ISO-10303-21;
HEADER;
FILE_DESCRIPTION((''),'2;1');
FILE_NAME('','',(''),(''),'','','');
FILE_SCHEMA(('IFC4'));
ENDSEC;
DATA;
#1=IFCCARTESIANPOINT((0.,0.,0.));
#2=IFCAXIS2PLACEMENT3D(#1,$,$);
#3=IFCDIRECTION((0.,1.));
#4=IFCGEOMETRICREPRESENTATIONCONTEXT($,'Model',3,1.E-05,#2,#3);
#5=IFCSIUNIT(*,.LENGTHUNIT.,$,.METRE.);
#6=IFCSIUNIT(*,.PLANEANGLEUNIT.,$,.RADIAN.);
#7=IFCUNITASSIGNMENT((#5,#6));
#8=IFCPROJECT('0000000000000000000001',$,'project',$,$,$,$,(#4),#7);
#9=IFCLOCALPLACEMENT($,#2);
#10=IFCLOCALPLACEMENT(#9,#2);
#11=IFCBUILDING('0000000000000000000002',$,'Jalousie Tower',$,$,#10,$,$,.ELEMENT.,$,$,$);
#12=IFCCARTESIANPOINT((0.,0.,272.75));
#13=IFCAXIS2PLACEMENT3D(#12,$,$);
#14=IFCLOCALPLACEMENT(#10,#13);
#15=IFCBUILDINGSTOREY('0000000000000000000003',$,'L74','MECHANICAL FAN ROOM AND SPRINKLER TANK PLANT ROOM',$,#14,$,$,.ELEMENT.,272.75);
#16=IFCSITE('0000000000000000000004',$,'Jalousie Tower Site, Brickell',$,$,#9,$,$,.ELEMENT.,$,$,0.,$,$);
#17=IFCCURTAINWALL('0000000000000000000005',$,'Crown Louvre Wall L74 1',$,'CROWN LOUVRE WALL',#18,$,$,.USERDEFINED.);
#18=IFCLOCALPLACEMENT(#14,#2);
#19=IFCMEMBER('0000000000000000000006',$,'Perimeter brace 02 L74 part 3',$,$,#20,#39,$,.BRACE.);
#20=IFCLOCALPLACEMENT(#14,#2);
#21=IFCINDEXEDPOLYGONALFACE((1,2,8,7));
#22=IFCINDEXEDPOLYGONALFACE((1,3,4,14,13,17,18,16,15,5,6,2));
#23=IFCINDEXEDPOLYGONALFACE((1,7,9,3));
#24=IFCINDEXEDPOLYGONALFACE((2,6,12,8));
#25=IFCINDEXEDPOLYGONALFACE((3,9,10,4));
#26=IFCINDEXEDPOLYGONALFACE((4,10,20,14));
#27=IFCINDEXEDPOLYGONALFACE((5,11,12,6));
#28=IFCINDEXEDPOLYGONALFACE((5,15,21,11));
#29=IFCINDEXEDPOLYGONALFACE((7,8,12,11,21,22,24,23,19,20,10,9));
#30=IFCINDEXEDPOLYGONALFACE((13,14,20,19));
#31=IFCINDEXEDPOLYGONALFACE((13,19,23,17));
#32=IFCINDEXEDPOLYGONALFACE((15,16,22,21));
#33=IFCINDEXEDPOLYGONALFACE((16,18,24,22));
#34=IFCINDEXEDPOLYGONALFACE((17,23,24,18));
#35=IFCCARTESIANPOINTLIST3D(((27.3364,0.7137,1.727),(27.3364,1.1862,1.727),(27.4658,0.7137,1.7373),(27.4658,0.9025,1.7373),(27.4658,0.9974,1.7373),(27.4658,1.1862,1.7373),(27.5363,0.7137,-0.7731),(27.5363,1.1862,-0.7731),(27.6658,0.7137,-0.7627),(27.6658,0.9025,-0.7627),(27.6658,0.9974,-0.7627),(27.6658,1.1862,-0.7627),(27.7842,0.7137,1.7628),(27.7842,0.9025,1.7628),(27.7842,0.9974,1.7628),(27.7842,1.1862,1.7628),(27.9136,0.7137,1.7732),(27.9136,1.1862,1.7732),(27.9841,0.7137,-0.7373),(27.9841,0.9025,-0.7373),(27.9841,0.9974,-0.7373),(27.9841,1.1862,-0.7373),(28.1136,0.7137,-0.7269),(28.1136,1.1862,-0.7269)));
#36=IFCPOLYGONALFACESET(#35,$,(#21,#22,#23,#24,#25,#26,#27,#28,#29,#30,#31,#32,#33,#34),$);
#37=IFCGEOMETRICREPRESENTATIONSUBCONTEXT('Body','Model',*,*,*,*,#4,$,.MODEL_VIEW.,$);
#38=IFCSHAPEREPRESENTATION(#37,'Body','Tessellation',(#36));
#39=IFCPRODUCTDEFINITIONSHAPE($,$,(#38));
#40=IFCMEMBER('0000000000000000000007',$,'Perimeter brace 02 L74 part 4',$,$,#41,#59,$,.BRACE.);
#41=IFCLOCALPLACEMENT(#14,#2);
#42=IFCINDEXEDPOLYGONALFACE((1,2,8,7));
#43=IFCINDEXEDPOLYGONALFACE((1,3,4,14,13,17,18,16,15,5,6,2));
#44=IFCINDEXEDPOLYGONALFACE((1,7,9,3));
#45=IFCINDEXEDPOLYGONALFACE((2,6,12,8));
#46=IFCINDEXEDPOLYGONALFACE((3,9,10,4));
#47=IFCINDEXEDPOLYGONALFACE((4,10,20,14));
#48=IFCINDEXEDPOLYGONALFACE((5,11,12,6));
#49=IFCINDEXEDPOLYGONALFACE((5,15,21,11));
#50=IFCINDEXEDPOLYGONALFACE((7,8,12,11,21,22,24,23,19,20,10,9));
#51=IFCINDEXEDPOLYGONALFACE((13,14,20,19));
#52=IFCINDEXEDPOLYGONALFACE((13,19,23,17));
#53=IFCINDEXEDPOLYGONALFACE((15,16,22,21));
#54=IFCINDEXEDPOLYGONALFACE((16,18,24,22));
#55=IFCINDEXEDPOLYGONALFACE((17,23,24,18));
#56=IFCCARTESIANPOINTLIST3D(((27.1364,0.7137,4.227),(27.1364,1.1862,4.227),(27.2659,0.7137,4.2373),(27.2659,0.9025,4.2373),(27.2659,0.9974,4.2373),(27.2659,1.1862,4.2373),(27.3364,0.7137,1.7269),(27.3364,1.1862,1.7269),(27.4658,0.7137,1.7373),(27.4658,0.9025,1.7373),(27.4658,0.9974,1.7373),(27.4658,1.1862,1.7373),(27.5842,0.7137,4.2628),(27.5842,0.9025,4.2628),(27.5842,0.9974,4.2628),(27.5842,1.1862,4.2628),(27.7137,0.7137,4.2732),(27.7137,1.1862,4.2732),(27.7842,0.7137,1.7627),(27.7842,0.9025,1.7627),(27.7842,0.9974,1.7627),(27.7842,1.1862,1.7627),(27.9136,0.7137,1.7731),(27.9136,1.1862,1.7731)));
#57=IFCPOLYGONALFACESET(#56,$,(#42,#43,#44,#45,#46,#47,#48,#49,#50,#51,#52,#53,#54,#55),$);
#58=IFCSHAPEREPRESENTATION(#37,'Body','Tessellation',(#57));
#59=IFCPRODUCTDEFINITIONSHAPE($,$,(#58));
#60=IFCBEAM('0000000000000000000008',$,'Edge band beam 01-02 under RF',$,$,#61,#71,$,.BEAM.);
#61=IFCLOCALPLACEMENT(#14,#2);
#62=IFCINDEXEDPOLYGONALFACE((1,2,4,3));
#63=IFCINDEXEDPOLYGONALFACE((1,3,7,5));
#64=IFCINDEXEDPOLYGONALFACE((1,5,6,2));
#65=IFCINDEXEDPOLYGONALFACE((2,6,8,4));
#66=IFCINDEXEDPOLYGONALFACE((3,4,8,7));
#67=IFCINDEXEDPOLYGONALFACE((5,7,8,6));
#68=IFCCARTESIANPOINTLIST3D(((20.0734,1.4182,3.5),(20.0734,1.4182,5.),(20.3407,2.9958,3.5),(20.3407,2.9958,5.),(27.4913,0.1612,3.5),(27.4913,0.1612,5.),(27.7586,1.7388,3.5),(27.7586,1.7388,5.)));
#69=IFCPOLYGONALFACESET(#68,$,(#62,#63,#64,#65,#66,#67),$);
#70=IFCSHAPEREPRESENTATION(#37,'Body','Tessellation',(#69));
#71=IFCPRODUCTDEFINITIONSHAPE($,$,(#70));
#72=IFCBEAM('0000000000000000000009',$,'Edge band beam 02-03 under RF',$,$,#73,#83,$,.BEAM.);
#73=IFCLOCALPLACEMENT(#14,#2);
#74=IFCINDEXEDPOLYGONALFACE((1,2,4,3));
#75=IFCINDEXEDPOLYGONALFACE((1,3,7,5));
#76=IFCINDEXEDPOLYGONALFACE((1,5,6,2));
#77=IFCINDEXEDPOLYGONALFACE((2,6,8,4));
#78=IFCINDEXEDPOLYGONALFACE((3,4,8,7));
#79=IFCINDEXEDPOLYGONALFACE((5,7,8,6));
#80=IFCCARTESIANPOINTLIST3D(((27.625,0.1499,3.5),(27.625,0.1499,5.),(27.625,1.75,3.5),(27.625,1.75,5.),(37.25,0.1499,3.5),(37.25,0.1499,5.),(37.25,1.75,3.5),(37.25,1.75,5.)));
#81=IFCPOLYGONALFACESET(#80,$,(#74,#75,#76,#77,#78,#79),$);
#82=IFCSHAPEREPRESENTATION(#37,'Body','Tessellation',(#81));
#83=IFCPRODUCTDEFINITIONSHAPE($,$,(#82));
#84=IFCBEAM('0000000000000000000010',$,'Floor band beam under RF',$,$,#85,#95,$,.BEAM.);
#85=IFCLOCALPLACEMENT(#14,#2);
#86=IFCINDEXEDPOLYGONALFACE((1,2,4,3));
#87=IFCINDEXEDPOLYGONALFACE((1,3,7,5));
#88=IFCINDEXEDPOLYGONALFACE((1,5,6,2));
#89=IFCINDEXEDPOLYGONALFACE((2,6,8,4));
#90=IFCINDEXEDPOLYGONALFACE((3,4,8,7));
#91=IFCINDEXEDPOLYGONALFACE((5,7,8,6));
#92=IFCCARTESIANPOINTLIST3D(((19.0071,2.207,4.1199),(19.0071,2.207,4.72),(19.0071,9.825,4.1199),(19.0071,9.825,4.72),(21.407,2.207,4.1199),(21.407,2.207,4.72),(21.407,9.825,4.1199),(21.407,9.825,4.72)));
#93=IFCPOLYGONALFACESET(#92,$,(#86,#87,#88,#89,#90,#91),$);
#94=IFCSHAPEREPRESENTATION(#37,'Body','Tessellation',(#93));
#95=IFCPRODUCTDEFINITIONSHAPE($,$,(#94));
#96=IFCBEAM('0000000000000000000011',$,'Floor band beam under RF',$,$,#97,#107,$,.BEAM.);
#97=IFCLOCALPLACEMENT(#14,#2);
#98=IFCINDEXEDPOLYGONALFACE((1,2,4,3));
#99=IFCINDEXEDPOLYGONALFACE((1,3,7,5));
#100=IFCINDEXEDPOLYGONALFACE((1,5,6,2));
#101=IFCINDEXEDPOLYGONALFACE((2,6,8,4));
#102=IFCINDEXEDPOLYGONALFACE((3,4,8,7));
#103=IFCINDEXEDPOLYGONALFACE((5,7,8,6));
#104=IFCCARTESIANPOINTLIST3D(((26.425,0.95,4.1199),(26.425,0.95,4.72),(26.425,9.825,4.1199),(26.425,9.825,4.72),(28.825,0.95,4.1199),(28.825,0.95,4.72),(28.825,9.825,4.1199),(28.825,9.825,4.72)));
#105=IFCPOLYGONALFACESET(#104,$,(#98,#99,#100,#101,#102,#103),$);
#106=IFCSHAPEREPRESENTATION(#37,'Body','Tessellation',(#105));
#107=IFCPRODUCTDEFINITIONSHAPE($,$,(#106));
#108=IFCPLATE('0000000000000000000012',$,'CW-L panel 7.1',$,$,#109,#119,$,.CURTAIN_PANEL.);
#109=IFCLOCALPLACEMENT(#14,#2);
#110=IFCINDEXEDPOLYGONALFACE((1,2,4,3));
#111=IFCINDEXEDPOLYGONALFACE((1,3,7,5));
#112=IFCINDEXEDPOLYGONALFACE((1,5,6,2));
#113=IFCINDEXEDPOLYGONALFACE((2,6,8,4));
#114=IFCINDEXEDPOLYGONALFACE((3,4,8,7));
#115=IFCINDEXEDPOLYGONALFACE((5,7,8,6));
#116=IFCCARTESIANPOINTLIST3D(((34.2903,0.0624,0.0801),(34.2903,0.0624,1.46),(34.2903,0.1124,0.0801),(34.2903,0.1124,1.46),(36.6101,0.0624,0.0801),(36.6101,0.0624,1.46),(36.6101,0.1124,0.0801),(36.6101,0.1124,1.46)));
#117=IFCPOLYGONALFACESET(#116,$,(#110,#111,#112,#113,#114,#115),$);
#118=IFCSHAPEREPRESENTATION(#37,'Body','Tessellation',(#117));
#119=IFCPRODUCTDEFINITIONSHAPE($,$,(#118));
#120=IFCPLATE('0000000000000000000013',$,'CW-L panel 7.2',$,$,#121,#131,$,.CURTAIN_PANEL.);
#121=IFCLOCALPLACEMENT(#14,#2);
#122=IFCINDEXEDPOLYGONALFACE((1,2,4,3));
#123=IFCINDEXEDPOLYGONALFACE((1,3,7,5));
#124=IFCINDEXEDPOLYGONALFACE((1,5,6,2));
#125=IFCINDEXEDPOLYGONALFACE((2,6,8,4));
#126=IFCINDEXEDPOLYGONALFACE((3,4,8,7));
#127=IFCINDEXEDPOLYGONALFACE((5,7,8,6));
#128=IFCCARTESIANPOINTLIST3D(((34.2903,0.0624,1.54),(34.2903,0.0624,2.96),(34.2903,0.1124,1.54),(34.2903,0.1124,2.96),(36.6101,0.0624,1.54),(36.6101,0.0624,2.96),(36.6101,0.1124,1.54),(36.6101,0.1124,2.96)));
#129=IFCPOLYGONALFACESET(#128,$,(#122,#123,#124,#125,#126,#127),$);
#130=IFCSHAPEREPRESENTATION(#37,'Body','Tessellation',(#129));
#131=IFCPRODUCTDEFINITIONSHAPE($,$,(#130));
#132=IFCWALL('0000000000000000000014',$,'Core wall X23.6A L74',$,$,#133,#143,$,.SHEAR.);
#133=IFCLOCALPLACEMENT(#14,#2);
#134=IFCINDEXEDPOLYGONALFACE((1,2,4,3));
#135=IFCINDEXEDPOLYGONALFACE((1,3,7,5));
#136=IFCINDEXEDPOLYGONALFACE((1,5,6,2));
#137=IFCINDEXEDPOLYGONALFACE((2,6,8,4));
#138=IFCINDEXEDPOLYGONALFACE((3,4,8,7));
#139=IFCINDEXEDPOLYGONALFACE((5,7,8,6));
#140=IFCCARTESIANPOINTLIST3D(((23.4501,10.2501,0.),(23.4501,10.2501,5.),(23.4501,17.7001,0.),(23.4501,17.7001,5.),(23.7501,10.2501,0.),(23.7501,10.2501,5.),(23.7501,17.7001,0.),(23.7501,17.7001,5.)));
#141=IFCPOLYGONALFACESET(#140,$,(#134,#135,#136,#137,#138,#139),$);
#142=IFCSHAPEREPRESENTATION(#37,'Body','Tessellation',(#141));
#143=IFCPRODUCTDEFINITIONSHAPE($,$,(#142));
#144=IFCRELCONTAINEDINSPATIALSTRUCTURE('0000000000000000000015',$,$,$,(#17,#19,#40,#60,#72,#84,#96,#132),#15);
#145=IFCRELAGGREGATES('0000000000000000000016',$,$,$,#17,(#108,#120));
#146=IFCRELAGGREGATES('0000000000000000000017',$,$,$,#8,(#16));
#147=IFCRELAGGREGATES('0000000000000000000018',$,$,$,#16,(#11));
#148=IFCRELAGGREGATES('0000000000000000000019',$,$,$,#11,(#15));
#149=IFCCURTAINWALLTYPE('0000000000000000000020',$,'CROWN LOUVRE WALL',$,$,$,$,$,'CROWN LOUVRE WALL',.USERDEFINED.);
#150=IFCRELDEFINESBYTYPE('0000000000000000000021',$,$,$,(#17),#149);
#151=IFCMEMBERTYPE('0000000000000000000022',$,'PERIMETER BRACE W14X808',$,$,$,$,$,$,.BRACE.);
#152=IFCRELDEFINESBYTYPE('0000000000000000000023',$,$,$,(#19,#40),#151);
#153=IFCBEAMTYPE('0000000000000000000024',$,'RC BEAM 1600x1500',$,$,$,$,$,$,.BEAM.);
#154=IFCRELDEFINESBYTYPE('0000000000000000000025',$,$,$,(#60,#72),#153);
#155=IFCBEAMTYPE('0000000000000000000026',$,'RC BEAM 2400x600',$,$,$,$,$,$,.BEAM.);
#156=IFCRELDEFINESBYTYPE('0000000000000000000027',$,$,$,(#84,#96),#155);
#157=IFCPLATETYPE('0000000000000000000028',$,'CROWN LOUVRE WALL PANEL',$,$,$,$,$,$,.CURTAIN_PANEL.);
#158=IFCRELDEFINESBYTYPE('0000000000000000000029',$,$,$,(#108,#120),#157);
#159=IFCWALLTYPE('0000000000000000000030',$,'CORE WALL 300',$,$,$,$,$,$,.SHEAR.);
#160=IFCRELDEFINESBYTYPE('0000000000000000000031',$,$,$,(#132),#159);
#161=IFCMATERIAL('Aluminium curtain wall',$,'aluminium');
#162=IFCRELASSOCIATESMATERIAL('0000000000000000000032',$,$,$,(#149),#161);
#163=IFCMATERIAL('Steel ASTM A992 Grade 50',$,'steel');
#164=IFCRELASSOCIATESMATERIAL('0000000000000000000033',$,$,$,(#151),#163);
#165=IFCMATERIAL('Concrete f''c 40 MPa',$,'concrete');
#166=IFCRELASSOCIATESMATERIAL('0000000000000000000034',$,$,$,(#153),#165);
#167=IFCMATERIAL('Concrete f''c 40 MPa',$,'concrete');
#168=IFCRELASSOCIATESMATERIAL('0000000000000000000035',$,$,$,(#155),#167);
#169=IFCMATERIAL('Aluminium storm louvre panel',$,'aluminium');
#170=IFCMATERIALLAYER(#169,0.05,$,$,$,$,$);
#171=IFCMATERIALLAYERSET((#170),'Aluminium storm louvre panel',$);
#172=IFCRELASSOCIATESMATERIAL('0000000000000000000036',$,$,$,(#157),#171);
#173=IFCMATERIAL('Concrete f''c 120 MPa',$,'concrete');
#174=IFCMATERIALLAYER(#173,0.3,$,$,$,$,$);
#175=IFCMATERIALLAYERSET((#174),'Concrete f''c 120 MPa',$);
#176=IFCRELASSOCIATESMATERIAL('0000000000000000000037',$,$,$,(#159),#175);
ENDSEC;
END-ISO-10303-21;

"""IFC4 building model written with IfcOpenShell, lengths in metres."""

from ifc_helpers import new_model, si_unit, direction, frame, frame_2d, origin, origin_2d, place, context, subcontext, project, spatial, rectangle, i_section, extrude, material, layer, layer_set, material_profile, profile_set, type_object, element, aggregate, save


model = new_model("IFC4")

# Units and contexts
model_context = context("Model", 3, precision=1e-05, world=origin(), true_north=direction((0.0, 1.0)))
body_context = subcontext(model_context, "Body", "Model", "MODEL_VIEW")
ifc_project = project(units=[si_unit("LENGTHUNIT", "METRE"), si_unit("PLANEANGLEUNIT", "RADIAN")], contexts=[model_context])

# Site, building, storey
site_placement = place(None, origin())
site = spatial("IfcSite", under=ifc_project, at=site_placement, Name="Jalousie Tower Site, Brickell", CompositionType="ELEMENT", RefElevation=0.0)
building_placement = place(site_placement, origin())
building = spatial("IfcBuilding", under=site, at=building_placement, Name="Jalousie Tower", CompositionType="ELEMENT")
storey_placement = place(building_placement, frame((0.0, 0.0, 272.75)))
storey = spatial("IfcBuildingStorey", under=building, at=storey_placement, Name="L74", Description="MECHANICAL FAN ROOM AND SPRINKLER TANK PLANT ROOM", CompositionType="ELEMENT", Elevation=272.75)

# Curtain wall
ifc_material_1 = material(Name="Aluminium curtain wall", Category="aluminium")
curtain_wall_type = type_object("IfcCurtainWallType", Name="CROWN LOUVRE WALL", ElementType="CROWN LOUVRE WALL", PredefinedType="USERDEFINED", material=ifc_material_1)
curtain_wall_placement = place(storey_placement, origin())
curtain_wall = element("IfcCurtainWall", 1, at=curtain_wall_placement, inside=storey, type_object=curtain_wall_type, Name="Crown Louvre Wall L74 1", ObjectType="CROWN LOUVRE WALL", PredefinedType="USERDEFINED")

# Members
ifc_material_2 = material(Name="Steel ASTM A992 Grade 50", Category="steel")
ifc_material_profile_1 = material_profile(ifc_material_2, i_section(OverallWidth=0.4724, OverallDepth=0.5791, WebThickness=0.095, FlangeThickness=0.1299, at=origin_2d()), Name="W14X808")
ifc_profile_set_1 = profile_set([ifc_material_profile_1], Name="Steel ASTM A992 Grade 50")
member_type_1 = type_object("IfcMemberType", Name="PERIMETER BRACE W14X808", PredefinedType="BRACE", material=ifc_profile_set_1)
for number, where, z_axis, x_axis, name in (
    (2, (27.825, 0.95, -0.75), (-0.079726, 0.0, 0.996817), (0.0, -1.0, 0.0), "Perimeter brace 02 L74 part 3"),
    (3, (27.625, 0.95, 1.75), (-0.079726, 0.0, 0.996817), (0.0, -1.0, 0.0), "Perimeter brace 02 L74 part 4"),
):
    element("IfcMember", number, at=place(storey_placement, frame(where, z_axis=z_axis, x_axis=x_axis)), inside=storey, type_object=member_type_1, Name=name, PredefinedType="BRACE", context=body_context, shape_type="SweptSolid", body=[
        extrude(i_section(OverallWidth=0.4724, OverallDepth=0.5791, WebThickness=0.095, FlangeThickness=0.1299, at=origin_2d()), origin(), (0.0, 0.0, 1.0), 2.5081),
    ])

# Beams
ifc_material_3 = material(Name="Concrete f'c 40 MPa", Category="concrete")
ifc_material_profile_2 = material_profile(ifc_material_3, rectangle(XDim=1.6001, YDim=1.5, at=origin_2d()), Name="RC 1600x1500")
ifc_profile_set_2 = profile_set([ifc_material_profile_2], Name="Concrete f'c 40 MPa")
beam_type_1 = type_object("IfcBeamType", Name="RC BEAM 1600x1500", PredefinedType="BEAM", material=ifc_profile_set_2)
beam_1_placement = place(storey_placement, frame((20.207, 2.207, 4.25), z_axis=(0.985943, -0.167082, 0.0), x_axis=(0.167082, 0.985943, 0.0)))
element("IfcBeam", 4, at=beam_1_placement, inside=storey, type_object=beam_type_1, Name="Edge band beam 01-02 under RF", PredefinedType="BEAM", context=body_context, shape_type="SweptSolid", body=[
    extrude(rectangle(XDim=1.6001, YDim=1.5, at=origin_2d()), origin(), (0.0, 0.0, 1.0), 7.5237),
])
beam_2_placement = place(storey_placement, frame((27.625, 0.95, 4.25), z_axis=(1.0, 0.0, 0.0), x_axis=(0.0, 1.0, 0.0)))
element("IfcBeam", 5, at=beam_2_placement, inside=storey, type_object=beam_type_1, Name="Edge band beam 02-03 under RF", PredefinedType="BEAM", context=body_context, shape_type="SweptSolid", body=[
    extrude(rectangle(XDim=1.6001, YDim=1.5, at=origin_2d()), origin(), (0.0, 0.0, 1.0), 9.625),
])
ifc_material_4 = material(Name="Concrete f'c 40 MPa", Category="concrete")
ifc_material_profile_3 = material_profile(ifc_material_4, rectangle(XDim=2.3999, YDim=0.6001, at=origin_2d()), Name="RC 2400x600")
ifc_profile_set_3 = profile_set([ifc_material_profile_3], Name="Concrete f'c 40 MPa")
beam_type_2 = type_object("IfcBeamType", Name="RC BEAM 2400x600", PredefinedType="BEAM", material=ifc_profile_set_3)
beam_3_placement = place(storey_placement, frame((20.207, 2.207, 4.4199), z_axis=(0.0, 1.0, 0.0), x_axis=(-1.0, 0.0, 0.0)))
element("IfcBeam", 6, at=beam_3_placement, inside=storey, type_object=beam_type_2, Name="Floor band beam under RF", PredefinedType="BEAM", context=body_context, shape_type="SweptSolid", body=[
    extrude(rectangle(XDim=2.3999, YDim=0.6001, at=origin_2d()), origin(), (0.0, 0.0, 1.0), 7.6179),
])
beam_4_placement = place(storey_placement, frame((27.625, 0.95, 4.4199), z_axis=(0.0, 1.0, 0.0), x_axis=(-1.0, 0.0, 0.0)))
element("IfcBeam", 7, at=beam_4_placement, inside=storey, type_object=beam_type_2, Name="Floor band beam under RF", PredefinedType="BEAM", context=body_context, shape_type="SweptSolid", body=[
    extrude(rectangle(XDim=2.3999, YDim=0.6001, at=origin_2d()), origin(), (0.0, 0.0, 1.0), 8.875),
])

# Plates
ifc_material_5 = material(Name="Aluminium storm louvre panel", Category="aluminium")
ifc_layer_1 = layer(ifc_material_5, 0.05)
ifc_layer_set_1 = layer_set([ifc_layer_1], Name="Aluminium storm louvre panel")
plate_type = type_object("IfcPlateType", Name="CROWN LOUVRE WALL PANEL", PredefinedType="CURTAIN_PANEL", material=ifc_layer_set_1)
plate_1_placement = place(storey_placement, frame((35.4502, 0.0874, 0.0801), z_axis=(0.0, 0.0, 1.0), x_axis=(1.0, 0.0, 0.0)))
plate_1 = element("IfcPlate", 8, at=plate_1_placement, type_object=plate_type, Name="CW-L panel 7.1", PredefinedType="CURTAIN_PANEL", context=body_context, shape_type="SweptSolid", body=[
    extrude(rectangle(XDim=2.3198, YDim=0.05, at=origin_2d()), origin(), (0.0, 0.0, 1.0), 1.3799),
])
plate_2_placement = place(storey_placement, frame((35.4502, 0.0874, 1.54), z_axis=(0.0, 0.0, 1.0), x_axis=(1.0, 0.0, 0.0)))
plate_2 = element("IfcPlate", 9, at=plate_2_placement, type_object=plate_type, Name="CW-L panel 7.2", PredefinedType="CURTAIN_PANEL", context=body_context, shape_type="SweptSolid", body=[
    extrude(rectangle(XDim=2.3198, YDim=0.05, at=origin_2d()), origin(), (0.0, 0.0, 1.0), 1.4199),
])
aggregate(curtain_wall, [plate_1, plate_2])

# Wall
ifc_material_6 = material(Name="Concrete f'c 120 MPa", Category="concrete")
ifc_layer_2 = layer(ifc_material_6, 0.3)
ifc_layer_set_2 = layer_set([ifc_layer_2], Name="Concrete f'c 120 MPa")
wall_type = type_object("IfcWallType", Name="CORE WALL 300", PredefinedType="SHEAR", material=ifc_layer_set_2)
wall_placement = place(storey_placement, frame((23.6001, 10.25, 0.0), z_axis=(0.0, 0.0, 1.0), x_axis=(0.0, 1.0, 0.0)))
element("IfcWall", 10, at=wall_placement, inside=storey, type_object=wall_type, Name="Core wall X23.6A L74", PredefinedType="SHEAR", context=body_context, shape_type="SweptSolid", body=[
    extrude(rectangle(XDim=7.45, YDim=0.3, at=frame_2d((3.7251, 0.0))), origin(), (0.0, 0.0, 1.0), 5.0),
])

save(model, "model.ifc")
